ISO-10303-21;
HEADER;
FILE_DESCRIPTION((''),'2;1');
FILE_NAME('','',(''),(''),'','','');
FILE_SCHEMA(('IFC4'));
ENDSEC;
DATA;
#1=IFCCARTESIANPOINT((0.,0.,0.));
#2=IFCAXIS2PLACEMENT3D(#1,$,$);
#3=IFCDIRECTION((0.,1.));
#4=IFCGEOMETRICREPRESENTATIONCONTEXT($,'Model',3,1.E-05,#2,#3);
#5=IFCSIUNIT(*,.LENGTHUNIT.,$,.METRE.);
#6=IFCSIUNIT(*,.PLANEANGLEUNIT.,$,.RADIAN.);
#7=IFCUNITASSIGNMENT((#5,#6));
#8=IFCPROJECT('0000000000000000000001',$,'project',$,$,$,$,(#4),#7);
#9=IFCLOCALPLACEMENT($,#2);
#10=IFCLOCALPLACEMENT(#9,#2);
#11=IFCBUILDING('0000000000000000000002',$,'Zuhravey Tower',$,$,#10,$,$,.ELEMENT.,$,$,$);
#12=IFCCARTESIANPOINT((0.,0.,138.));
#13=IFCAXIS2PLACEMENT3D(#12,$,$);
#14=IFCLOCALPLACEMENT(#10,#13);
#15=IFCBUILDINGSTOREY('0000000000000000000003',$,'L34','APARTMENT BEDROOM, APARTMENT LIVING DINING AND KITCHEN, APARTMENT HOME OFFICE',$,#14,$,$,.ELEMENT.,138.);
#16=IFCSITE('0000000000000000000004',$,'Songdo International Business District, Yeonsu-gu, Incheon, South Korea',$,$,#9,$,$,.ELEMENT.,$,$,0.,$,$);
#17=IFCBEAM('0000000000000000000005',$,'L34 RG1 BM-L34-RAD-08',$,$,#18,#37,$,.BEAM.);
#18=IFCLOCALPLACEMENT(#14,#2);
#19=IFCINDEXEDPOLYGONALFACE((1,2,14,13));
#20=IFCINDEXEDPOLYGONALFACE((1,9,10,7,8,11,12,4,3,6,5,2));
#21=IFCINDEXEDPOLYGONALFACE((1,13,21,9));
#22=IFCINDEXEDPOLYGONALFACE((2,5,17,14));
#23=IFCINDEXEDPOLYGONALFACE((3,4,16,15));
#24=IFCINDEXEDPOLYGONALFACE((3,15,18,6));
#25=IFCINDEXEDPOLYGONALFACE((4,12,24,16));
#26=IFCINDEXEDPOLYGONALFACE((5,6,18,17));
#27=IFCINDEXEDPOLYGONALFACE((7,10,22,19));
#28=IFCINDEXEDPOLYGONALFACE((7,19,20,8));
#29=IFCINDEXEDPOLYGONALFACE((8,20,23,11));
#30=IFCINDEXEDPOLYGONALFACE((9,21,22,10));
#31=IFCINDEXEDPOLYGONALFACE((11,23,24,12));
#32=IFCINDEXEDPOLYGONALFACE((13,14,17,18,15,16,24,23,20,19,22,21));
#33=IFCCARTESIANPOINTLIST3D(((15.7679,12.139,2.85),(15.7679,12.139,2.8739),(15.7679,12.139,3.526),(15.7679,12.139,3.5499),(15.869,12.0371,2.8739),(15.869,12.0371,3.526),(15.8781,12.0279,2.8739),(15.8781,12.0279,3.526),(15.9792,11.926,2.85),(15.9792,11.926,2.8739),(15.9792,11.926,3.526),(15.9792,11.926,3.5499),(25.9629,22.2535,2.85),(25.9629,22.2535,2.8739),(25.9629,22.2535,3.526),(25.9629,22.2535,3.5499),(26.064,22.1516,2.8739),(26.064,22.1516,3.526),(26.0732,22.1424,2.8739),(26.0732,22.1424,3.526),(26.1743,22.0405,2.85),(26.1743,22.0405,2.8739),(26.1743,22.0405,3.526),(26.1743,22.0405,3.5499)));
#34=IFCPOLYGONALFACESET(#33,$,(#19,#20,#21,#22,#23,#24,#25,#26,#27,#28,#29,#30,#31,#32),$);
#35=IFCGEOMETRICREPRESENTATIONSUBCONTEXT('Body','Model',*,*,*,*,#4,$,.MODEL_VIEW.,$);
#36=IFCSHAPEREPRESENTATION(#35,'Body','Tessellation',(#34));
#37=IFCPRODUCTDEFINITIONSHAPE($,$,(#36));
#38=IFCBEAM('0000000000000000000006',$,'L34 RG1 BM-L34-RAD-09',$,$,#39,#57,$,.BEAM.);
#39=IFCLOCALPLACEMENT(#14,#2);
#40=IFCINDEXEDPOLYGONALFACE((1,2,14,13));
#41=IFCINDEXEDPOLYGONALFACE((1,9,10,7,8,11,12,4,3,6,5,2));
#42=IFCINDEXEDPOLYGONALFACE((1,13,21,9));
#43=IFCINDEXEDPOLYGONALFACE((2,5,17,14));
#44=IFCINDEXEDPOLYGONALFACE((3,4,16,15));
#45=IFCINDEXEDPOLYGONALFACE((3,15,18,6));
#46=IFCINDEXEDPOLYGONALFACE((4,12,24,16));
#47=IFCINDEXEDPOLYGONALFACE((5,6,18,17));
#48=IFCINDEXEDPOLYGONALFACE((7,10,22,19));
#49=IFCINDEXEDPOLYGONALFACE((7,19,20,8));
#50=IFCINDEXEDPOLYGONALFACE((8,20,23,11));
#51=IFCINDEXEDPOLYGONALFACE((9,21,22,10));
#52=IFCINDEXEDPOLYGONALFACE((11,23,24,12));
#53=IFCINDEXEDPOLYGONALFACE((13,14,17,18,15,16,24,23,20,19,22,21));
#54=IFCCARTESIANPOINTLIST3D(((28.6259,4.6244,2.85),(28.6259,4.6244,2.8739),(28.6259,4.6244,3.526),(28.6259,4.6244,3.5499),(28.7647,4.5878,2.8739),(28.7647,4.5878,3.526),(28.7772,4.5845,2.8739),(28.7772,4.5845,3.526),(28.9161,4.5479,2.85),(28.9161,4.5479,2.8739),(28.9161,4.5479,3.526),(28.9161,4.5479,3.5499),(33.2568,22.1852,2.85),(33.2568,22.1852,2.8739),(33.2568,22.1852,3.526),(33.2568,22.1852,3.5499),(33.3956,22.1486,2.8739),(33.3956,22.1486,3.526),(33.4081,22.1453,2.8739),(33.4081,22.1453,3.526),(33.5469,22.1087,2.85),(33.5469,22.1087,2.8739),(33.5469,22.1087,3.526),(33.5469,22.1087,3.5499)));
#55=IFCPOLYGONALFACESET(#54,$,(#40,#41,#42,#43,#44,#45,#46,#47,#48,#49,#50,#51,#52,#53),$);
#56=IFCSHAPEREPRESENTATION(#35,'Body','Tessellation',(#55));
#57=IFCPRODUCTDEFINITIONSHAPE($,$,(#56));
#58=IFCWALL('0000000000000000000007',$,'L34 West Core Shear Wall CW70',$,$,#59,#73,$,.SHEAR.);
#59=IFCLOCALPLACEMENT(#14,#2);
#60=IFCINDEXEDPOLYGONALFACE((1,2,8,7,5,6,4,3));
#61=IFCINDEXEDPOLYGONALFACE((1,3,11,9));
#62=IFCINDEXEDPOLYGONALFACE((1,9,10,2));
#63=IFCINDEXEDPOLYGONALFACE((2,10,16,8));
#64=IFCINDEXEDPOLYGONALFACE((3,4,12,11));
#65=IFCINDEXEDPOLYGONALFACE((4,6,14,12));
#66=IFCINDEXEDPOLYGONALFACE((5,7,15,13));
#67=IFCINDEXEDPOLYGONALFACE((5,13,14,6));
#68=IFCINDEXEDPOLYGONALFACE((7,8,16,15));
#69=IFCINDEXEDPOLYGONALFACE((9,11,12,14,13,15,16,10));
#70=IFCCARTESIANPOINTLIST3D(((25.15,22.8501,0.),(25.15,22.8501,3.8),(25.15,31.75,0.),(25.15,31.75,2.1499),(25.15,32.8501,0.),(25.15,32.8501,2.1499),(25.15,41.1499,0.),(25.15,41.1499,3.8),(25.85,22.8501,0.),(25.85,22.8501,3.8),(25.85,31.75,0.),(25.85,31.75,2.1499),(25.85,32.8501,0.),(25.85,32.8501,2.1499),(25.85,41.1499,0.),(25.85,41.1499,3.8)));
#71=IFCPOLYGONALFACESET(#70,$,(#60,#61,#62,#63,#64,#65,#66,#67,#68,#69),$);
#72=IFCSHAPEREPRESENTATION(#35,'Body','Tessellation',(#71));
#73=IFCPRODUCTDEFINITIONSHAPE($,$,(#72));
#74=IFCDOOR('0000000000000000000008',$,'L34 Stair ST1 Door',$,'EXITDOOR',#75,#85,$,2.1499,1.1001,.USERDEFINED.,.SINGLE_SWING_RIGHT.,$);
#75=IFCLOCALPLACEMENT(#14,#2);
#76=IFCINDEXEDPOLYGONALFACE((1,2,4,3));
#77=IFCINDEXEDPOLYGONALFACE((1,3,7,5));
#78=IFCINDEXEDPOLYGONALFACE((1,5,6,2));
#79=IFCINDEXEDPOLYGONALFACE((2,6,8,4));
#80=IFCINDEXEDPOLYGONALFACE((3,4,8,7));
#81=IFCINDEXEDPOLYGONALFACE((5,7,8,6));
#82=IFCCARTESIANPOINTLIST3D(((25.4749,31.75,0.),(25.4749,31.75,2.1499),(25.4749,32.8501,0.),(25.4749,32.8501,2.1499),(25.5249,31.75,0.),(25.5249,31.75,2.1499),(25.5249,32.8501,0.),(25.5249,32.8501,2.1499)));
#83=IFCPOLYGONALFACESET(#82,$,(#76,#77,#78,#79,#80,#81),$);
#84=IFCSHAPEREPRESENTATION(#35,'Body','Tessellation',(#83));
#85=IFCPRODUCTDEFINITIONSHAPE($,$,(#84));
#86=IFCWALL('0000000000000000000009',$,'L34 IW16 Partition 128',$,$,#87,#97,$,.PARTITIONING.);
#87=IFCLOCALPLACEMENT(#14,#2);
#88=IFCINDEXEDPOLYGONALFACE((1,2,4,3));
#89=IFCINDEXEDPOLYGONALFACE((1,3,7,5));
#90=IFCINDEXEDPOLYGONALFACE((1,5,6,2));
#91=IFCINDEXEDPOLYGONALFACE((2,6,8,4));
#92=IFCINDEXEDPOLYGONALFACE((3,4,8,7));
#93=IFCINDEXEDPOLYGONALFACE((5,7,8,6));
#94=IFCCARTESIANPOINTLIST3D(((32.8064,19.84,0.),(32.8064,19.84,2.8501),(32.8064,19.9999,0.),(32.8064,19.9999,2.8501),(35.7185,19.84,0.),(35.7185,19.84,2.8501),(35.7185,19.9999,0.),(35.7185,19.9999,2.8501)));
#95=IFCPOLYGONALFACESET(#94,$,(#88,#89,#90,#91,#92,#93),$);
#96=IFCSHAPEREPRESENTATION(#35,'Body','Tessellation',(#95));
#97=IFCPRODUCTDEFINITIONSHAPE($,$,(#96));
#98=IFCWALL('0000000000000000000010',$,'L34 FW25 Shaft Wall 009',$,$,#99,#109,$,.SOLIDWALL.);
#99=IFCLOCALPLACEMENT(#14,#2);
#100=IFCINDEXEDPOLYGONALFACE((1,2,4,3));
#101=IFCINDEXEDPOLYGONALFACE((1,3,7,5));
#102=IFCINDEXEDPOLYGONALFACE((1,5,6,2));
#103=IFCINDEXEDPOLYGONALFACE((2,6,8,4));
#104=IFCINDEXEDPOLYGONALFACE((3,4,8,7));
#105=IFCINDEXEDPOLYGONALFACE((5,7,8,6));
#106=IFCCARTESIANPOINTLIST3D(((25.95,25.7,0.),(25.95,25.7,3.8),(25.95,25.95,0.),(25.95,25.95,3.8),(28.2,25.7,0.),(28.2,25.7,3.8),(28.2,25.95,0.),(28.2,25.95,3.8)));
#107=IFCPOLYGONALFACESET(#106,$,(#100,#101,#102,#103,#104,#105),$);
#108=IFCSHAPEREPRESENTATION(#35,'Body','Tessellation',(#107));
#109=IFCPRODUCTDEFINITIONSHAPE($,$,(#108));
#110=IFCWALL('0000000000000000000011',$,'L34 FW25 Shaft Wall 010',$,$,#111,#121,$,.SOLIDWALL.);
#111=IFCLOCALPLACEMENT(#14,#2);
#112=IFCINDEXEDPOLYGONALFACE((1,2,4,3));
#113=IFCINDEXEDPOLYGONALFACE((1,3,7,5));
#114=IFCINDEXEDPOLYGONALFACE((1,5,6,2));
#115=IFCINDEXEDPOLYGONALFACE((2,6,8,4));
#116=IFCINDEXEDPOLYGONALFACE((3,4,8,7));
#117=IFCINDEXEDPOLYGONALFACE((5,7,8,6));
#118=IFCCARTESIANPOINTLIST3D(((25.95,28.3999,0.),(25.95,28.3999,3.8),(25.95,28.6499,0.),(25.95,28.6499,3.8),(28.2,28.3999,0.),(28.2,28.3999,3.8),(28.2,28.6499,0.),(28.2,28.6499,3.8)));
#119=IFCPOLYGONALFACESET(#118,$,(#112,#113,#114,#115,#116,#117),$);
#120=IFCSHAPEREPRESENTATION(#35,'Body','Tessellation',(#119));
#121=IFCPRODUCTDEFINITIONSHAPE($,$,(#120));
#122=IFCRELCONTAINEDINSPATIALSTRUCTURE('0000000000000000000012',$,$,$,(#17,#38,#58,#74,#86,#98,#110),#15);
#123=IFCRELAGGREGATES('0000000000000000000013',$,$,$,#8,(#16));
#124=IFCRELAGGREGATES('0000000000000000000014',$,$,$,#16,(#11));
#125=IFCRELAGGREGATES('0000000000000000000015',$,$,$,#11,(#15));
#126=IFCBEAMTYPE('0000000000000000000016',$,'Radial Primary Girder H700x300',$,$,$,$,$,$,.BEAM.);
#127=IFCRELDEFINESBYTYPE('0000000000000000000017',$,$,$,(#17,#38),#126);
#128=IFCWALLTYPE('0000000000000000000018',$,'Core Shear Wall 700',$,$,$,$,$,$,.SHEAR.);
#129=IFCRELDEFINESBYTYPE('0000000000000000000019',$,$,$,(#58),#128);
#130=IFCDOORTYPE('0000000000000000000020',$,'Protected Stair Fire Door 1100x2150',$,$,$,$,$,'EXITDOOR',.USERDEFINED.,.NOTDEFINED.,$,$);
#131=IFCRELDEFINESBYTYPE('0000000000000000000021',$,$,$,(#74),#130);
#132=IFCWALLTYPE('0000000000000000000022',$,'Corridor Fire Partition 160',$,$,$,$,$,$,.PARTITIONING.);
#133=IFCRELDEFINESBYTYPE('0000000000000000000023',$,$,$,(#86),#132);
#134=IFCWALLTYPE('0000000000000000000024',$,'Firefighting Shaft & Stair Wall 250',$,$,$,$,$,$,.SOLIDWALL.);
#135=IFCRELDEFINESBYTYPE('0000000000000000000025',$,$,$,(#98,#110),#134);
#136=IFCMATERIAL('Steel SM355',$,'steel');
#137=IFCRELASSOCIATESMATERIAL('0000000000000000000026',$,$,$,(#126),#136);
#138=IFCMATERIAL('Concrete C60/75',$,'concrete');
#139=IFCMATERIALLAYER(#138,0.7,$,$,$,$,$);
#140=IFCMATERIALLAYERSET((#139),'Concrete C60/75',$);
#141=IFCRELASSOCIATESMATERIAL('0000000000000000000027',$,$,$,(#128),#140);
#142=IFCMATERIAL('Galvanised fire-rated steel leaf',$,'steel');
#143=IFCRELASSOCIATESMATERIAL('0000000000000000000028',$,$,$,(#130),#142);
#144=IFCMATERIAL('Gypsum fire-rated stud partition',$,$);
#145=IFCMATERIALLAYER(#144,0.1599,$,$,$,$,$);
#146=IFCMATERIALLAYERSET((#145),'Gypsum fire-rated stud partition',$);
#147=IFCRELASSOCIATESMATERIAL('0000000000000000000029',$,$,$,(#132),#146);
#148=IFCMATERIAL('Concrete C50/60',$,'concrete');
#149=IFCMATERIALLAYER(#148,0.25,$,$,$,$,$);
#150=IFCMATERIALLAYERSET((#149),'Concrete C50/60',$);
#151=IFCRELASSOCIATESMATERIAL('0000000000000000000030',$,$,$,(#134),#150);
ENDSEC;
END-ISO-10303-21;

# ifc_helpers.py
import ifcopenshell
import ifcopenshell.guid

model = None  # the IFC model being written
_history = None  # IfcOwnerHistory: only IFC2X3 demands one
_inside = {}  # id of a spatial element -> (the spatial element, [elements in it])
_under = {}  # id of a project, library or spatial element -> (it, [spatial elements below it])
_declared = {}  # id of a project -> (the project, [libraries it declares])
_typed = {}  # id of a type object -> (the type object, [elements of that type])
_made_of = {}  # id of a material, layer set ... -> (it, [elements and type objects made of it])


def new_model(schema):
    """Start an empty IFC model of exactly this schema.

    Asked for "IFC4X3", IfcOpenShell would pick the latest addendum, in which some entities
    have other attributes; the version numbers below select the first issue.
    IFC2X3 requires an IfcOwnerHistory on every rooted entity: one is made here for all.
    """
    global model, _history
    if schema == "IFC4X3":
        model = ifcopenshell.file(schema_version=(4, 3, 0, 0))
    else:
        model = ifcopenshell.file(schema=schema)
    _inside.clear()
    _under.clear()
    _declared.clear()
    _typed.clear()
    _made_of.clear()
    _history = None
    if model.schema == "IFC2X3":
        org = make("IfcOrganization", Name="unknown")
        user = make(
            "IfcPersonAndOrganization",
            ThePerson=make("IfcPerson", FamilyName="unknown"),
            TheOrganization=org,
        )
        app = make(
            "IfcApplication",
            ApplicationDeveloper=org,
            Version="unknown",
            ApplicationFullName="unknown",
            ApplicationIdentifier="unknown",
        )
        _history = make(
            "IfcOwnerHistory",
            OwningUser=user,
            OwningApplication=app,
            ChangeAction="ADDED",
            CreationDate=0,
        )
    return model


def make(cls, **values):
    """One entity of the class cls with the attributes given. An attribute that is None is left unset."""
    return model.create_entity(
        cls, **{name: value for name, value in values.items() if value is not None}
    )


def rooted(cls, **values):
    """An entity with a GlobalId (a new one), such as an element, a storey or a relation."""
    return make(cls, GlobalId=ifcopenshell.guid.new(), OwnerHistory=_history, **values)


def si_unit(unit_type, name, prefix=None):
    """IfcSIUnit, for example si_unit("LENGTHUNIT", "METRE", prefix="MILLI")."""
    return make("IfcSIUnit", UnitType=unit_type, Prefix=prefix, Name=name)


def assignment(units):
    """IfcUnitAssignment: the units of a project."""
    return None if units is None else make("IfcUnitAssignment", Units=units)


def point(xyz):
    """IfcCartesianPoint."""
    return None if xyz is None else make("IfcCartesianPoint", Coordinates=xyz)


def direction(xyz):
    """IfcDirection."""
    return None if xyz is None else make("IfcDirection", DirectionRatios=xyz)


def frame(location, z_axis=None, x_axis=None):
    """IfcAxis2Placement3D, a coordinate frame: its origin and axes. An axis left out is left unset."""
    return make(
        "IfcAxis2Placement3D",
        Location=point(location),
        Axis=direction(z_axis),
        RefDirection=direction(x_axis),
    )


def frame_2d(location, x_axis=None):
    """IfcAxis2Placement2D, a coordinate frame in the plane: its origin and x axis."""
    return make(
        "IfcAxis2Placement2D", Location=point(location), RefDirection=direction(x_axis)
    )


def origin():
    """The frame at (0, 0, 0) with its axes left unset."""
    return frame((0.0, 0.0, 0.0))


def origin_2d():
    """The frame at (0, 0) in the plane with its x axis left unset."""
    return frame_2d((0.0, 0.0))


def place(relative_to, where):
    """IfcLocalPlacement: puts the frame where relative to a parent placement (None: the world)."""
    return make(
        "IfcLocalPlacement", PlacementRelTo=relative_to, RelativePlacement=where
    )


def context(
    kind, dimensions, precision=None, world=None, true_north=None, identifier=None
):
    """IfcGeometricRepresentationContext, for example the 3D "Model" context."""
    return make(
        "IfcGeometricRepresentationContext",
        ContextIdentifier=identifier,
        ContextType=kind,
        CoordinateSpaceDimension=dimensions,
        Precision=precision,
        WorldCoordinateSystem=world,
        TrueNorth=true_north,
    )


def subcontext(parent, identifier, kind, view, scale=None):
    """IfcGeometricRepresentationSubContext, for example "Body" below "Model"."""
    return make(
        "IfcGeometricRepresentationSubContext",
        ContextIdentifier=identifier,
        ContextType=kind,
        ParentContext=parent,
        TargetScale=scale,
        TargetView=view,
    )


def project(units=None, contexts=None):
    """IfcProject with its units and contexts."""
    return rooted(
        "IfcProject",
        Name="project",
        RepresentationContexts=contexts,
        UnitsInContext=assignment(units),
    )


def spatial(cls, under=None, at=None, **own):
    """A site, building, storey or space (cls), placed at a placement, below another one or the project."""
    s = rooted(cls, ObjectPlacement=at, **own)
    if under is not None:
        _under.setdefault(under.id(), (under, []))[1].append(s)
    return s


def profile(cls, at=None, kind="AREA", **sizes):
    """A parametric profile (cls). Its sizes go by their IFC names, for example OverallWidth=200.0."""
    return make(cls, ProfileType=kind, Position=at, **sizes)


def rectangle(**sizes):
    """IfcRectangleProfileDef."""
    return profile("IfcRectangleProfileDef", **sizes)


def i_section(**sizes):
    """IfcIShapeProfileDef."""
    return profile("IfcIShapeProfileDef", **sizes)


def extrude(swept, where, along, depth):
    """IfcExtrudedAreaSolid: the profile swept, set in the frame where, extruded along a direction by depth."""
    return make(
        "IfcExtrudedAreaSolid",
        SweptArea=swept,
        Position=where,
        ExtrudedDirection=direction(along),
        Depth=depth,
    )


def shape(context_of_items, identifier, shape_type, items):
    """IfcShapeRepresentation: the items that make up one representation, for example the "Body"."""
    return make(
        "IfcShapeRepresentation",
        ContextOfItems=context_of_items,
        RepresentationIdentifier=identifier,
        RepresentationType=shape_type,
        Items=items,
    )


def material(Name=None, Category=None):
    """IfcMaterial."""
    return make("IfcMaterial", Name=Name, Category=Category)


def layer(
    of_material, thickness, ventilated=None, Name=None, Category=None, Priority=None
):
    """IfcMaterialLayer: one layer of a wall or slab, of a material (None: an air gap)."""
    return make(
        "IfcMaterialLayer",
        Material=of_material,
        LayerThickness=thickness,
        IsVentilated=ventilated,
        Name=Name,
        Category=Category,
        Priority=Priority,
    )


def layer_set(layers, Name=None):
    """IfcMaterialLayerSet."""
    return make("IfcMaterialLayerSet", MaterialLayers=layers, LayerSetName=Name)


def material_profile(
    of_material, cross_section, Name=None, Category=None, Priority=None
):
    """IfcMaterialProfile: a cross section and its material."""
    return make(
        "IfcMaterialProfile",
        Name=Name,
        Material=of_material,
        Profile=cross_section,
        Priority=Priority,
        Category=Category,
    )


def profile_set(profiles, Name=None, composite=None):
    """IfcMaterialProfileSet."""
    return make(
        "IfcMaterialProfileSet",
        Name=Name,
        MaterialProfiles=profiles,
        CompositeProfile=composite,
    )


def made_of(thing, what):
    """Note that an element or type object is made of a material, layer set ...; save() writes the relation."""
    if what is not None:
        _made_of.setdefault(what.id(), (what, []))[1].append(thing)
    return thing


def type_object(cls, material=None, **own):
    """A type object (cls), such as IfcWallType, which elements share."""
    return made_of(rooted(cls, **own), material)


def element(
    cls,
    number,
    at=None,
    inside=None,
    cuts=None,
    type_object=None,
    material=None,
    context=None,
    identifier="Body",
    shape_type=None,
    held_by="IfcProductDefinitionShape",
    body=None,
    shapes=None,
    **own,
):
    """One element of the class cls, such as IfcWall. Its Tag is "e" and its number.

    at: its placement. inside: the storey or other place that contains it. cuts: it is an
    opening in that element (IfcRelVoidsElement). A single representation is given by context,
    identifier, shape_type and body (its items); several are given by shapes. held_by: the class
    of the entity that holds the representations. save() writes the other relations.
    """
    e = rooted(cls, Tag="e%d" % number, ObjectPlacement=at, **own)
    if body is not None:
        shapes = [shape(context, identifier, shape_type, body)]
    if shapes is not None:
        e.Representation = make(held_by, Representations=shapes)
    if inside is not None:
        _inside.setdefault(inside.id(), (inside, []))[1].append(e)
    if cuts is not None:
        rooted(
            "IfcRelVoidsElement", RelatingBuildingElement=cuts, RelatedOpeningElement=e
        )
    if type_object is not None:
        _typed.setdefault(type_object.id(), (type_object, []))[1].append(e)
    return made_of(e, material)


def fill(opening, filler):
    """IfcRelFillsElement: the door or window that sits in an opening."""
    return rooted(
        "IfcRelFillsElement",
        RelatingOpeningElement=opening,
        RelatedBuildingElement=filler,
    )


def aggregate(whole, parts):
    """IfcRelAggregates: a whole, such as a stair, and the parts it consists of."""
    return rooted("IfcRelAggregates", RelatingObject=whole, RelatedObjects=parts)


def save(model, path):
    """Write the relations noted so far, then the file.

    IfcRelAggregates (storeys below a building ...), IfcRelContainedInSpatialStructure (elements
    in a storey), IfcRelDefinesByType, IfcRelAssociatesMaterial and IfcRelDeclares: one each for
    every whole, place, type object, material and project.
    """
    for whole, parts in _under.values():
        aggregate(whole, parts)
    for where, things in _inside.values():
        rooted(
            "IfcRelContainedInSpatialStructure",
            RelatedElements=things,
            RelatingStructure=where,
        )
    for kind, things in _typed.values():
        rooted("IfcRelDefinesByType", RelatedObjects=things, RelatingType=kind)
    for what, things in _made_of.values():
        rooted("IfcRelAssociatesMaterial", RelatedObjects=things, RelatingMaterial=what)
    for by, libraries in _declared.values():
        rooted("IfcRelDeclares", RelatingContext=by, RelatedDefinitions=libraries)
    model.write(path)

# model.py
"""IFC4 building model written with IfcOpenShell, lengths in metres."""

from ifc_helpers import new_model, si_unit, direction, frame, frame_2d, origin, origin_2d, place, context, subcontext, project, spatial, rectangle, i_section, extrude, material, layer, layer_set, material_profile, profile_set, type_object, element, fill, save


model = new_model("IFC4")

# Units and contexts
model_context = context("Model", 3, precision=1e-05, world=origin(), true_north=direction((0.0, 1.0)))
body_context = subcontext(model_context, "Body", "Model", "MODEL_VIEW")
ifc_project = project(units=[si_unit("LENGTHUNIT", "METRE"), si_unit("PLANEANGLEUNIT", "RADIAN")], contexts=[model_context])

# Site, building, storey
site_placement = place(None, origin())
site = spatial("IfcSite", under=ifc_project, at=site_placement, Name="Songdo International Business District, Yeonsu-gu, Incheon, South Korea", CompositionType="ELEMENT", RefElevation=0.0)
building_placement = place(site_placement, origin())
building = spatial("IfcBuilding", under=site, at=building_placement, Name="Zuhravey Tower", CompositionType="ELEMENT")
storey_placement = place(building_placement, frame((0.0, 0.0, 138.0)))
storey = spatial("IfcBuildingStorey", under=building, at=storey_placement, Name="L34", Description="APARTMENT BEDROOM, APARTMENT LIVING DINING AND KITCHEN, APARTMENT HOME OFFICE", CompositionType="ELEMENT", Elevation=138.0)

# Beams
ifc_material_1 = material(Name="Steel SM355", Category="steel")
ifc_material_profile = material_profile(ifc_material_1, i_section(OverallWidth=0.3, OverallDepth=0.7, WebThickness=0.0129, FlangeThickness=0.0239, at=origin_2d()), Name="H-700x300x13x24")
ifc_profile_set = profile_set([ifc_material_profile], Name="Steel SM355")
beam_type = type_object("IfcBeamType", Name="Radial Primary Girder H700x300", PredefinedType="BEAM", material=ifc_profile_set)
beam_1_placement = place(storey_placement, frame((26.0686, 22.147, 3.2), z_axis=(-0.709906, -0.704296, 0.0), x_axis=(0.704296, -0.709906, 0.0)))
element("IfcBeam", 1, at=beam_1_placement, inside=storey, type_object=beam_type, Name="L34 RG1 BM-L34-RAD-08", PredefinedType="BEAM", context=body_context, shape_type="SweptSolid", body=[
    extrude(i_section(OverallWidth=0.3, OverallDepth=0.7, WebThickness=0.0129, FlangeThickness=0.0239, at=origin_2d()), origin(), (0.0, 0.0, 1.0), 14.3611),
])
beam_2_placement = place(storey_placement, frame((33.4019, 22.147, 3.2), z_axis=(-0.254988, -0.966944, 0.0), x_axis=(0.966944, -0.254988, 0.0)))
element("IfcBeam", 2, at=beam_2_placement, inside=storey, type_object=beam_type, Name="L34 RG1 BM-L34-RAD-09", PredefinedType="BEAM", context=body_context, shape_type="SweptSolid", body=[
    extrude(i_section(OverallWidth=0.3, OverallDepth=0.7, WebThickness=0.0129, FlangeThickness=0.0239, at=origin_2d()), origin(), (0.0, 0.0, 1.0), 18.1611),
])

# Wall, opening, door
ifc_material_2 = material(Name="Concrete C60/75", Category="concrete")
ifc_layer_1 = layer(ifc_material_2, 0.7)
ifc_layer_set_1 = layer_set([ifc_layer_1], Name="Concrete C60/75")
wall_type_1 = type_object("IfcWallType", Name="Core Shear Wall 700", PredefinedType="SHEAR", material=ifc_layer_set_1)
wall_1_placement = place(storey_placement, frame((25.5, 22.8501, 0.0), z_axis=(0.0, 0.0, 1.0), x_axis=(0.0, 1.0, 0.0)))
wall_1 = element("IfcWall", 3, at=wall_1_placement, inside=storey, type_object=wall_type_1, Name="L34 West Core Shear Wall CW70", PredefinedType="SHEAR", context=body_context, shape_type="SweptSolid", body=[
    extrude(rectangle(XDim=18.2998, YDim=0.7, at=frame_2d((9.1499, 0.0))), origin(), (0.0, 0.0, 1.0), 3.8),
])
opening_1_placement = place(wall_1_placement, frame((8.8999, 0.0, 0.0)))
opening_1 = element("IfcOpeningElement", 4, at=opening_1_placement, cuts=wall_1, PredefinedType="OPENING", context=body_context, shape_type="SweptSolid", body=[
    extrude(rectangle(XDim=1.1001, YDim=2.1499, at=frame_2d((0.55, 1.075))), frame((0.0, 0.3621, 0.0), z_axis=(0.0, -1.0, 0.0), x_axis=(1.0, 0.0, 0.0)), (0.0, 0.0, 1.0), 0.7239),
])
ifc_material_3 = material(Name="Galvanised fire-rated steel leaf", Category="steel")
door_type_1 = type_object("IfcDoorType", Name="Protected Stair Fire Door 1100x2150", ElementType="EXITDOOR", OperationType="NOTDEFINED", PredefinedType="USERDEFINED", material=ifc_material_3)
door_1_placement = place(opening_1_placement, frame((1.1001, 0.0, 0.0), z_axis=(0.0, 0.0, 1.0), x_axis=(-1.0, 0.0, 0.0)))
door_1 = element("IfcDoor", 5, at=door_1_placement, inside=storey, type_object=door_type_1, Name="L34 Stair ST1 Door", ObjectType="EXITDOOR", OperationType="SINGLE_SWING_RIGHT", OverallHeight=2.1499, OverallWidth=1.1001, PredefinedType="USERDEFINED", context=body_context, shape_type="SweptSolid", body=[
    extrude(rectangle(XDim=1.1001, YDim=2.1499, at=frame_2d((0.55, 1.075))), frame((0.0, 0.0249, 0.0), z_axis=(0.0, -1.0, 0.0), x_axis=(1.0, 0.0, 0.0)), (0.0, 0.0, 1.0), 0.05),
])
fill(opening_1, door_1)
ifc_material_4 = material(Name="Gypsum fire-rated stud partition")
ifc_layer_2 = layer(ifc_material_4, 0.1599)
ifc_layer_set_2 = layer_set([ifc_layer_2], Name="Gypsum fire-rated stud partition")
wall_type_2 = type_object("IfcWallType", Name="Corridor Fire Partition 160", PredefinedType="PARTITIONING", material=ifc_layer_set_2)

# Walls
wall_2_placement = place(storey_placement, frame((32.8064, 19.9199, 0.0), z_axis=(0.0, 0.0, 1.0), x_axis=(1.0, 0.0, 0.0)))
element("IfcWall", 6, at=wall_2_placement, inside=storey, type_object=wall_type_2, Name="L34 IW16 Partition 128", PredefinedType="PARTITIONING", context=body_context, shape_type="SweptSolid", body=[
    extrude(rectangle(XDim=2.9121, YDim=0.1599, at=frame_2d((1.4561, 0.0))), origin(), (0.0, 0.0, 1.0), 2.8501),
])
ifc_material_5 = material(Name="Concrete C50/60", Category="concrete")
ifc_layer_3 = layer(ifc_material_5, 0.25)
ifc_layer_set_3 = layer_set([ifc_layer_3], Name="Concrete C50/60")
wall_type_3 = type_object("IfcWallType", Name="Firefighting Shaft & Stair Wall 250", PredefinedType="SOLIDWALL", material=ifc_layer_set_3)
for number, where, z_axis, x_axis, name in (
    (7, (25.95, 25.825, 0.0), (0.0, 0.0, 1.0), (1.0, 0.0, 0.0), "L34 FW25 Shaft Wall 009"),
    (8, (25.95, 28.5249, 0.0), (0.0, 0.0, 1.0), (1.0, 0.0, 0.0), "L34 FW25 Shaft Wall 010"),
):
    element("IfcWall", number, at=place(storey_placement, frame(where, z_axis=z_axis, x_axis=x_axis)), inside=storey, type_object=wall_type_3, Name=name, PredefinedType="SOLIDWALL", context=body_context, shape_type="SweptSolid", body=[
        extrude(rectangle(XDim=2.25, YDim=0.25, at=frame_2d((1.125, 0.0))), origin(), (0.0, 0.0, 1.0), 3.8),
    ])

save(model, "model.ifc")
